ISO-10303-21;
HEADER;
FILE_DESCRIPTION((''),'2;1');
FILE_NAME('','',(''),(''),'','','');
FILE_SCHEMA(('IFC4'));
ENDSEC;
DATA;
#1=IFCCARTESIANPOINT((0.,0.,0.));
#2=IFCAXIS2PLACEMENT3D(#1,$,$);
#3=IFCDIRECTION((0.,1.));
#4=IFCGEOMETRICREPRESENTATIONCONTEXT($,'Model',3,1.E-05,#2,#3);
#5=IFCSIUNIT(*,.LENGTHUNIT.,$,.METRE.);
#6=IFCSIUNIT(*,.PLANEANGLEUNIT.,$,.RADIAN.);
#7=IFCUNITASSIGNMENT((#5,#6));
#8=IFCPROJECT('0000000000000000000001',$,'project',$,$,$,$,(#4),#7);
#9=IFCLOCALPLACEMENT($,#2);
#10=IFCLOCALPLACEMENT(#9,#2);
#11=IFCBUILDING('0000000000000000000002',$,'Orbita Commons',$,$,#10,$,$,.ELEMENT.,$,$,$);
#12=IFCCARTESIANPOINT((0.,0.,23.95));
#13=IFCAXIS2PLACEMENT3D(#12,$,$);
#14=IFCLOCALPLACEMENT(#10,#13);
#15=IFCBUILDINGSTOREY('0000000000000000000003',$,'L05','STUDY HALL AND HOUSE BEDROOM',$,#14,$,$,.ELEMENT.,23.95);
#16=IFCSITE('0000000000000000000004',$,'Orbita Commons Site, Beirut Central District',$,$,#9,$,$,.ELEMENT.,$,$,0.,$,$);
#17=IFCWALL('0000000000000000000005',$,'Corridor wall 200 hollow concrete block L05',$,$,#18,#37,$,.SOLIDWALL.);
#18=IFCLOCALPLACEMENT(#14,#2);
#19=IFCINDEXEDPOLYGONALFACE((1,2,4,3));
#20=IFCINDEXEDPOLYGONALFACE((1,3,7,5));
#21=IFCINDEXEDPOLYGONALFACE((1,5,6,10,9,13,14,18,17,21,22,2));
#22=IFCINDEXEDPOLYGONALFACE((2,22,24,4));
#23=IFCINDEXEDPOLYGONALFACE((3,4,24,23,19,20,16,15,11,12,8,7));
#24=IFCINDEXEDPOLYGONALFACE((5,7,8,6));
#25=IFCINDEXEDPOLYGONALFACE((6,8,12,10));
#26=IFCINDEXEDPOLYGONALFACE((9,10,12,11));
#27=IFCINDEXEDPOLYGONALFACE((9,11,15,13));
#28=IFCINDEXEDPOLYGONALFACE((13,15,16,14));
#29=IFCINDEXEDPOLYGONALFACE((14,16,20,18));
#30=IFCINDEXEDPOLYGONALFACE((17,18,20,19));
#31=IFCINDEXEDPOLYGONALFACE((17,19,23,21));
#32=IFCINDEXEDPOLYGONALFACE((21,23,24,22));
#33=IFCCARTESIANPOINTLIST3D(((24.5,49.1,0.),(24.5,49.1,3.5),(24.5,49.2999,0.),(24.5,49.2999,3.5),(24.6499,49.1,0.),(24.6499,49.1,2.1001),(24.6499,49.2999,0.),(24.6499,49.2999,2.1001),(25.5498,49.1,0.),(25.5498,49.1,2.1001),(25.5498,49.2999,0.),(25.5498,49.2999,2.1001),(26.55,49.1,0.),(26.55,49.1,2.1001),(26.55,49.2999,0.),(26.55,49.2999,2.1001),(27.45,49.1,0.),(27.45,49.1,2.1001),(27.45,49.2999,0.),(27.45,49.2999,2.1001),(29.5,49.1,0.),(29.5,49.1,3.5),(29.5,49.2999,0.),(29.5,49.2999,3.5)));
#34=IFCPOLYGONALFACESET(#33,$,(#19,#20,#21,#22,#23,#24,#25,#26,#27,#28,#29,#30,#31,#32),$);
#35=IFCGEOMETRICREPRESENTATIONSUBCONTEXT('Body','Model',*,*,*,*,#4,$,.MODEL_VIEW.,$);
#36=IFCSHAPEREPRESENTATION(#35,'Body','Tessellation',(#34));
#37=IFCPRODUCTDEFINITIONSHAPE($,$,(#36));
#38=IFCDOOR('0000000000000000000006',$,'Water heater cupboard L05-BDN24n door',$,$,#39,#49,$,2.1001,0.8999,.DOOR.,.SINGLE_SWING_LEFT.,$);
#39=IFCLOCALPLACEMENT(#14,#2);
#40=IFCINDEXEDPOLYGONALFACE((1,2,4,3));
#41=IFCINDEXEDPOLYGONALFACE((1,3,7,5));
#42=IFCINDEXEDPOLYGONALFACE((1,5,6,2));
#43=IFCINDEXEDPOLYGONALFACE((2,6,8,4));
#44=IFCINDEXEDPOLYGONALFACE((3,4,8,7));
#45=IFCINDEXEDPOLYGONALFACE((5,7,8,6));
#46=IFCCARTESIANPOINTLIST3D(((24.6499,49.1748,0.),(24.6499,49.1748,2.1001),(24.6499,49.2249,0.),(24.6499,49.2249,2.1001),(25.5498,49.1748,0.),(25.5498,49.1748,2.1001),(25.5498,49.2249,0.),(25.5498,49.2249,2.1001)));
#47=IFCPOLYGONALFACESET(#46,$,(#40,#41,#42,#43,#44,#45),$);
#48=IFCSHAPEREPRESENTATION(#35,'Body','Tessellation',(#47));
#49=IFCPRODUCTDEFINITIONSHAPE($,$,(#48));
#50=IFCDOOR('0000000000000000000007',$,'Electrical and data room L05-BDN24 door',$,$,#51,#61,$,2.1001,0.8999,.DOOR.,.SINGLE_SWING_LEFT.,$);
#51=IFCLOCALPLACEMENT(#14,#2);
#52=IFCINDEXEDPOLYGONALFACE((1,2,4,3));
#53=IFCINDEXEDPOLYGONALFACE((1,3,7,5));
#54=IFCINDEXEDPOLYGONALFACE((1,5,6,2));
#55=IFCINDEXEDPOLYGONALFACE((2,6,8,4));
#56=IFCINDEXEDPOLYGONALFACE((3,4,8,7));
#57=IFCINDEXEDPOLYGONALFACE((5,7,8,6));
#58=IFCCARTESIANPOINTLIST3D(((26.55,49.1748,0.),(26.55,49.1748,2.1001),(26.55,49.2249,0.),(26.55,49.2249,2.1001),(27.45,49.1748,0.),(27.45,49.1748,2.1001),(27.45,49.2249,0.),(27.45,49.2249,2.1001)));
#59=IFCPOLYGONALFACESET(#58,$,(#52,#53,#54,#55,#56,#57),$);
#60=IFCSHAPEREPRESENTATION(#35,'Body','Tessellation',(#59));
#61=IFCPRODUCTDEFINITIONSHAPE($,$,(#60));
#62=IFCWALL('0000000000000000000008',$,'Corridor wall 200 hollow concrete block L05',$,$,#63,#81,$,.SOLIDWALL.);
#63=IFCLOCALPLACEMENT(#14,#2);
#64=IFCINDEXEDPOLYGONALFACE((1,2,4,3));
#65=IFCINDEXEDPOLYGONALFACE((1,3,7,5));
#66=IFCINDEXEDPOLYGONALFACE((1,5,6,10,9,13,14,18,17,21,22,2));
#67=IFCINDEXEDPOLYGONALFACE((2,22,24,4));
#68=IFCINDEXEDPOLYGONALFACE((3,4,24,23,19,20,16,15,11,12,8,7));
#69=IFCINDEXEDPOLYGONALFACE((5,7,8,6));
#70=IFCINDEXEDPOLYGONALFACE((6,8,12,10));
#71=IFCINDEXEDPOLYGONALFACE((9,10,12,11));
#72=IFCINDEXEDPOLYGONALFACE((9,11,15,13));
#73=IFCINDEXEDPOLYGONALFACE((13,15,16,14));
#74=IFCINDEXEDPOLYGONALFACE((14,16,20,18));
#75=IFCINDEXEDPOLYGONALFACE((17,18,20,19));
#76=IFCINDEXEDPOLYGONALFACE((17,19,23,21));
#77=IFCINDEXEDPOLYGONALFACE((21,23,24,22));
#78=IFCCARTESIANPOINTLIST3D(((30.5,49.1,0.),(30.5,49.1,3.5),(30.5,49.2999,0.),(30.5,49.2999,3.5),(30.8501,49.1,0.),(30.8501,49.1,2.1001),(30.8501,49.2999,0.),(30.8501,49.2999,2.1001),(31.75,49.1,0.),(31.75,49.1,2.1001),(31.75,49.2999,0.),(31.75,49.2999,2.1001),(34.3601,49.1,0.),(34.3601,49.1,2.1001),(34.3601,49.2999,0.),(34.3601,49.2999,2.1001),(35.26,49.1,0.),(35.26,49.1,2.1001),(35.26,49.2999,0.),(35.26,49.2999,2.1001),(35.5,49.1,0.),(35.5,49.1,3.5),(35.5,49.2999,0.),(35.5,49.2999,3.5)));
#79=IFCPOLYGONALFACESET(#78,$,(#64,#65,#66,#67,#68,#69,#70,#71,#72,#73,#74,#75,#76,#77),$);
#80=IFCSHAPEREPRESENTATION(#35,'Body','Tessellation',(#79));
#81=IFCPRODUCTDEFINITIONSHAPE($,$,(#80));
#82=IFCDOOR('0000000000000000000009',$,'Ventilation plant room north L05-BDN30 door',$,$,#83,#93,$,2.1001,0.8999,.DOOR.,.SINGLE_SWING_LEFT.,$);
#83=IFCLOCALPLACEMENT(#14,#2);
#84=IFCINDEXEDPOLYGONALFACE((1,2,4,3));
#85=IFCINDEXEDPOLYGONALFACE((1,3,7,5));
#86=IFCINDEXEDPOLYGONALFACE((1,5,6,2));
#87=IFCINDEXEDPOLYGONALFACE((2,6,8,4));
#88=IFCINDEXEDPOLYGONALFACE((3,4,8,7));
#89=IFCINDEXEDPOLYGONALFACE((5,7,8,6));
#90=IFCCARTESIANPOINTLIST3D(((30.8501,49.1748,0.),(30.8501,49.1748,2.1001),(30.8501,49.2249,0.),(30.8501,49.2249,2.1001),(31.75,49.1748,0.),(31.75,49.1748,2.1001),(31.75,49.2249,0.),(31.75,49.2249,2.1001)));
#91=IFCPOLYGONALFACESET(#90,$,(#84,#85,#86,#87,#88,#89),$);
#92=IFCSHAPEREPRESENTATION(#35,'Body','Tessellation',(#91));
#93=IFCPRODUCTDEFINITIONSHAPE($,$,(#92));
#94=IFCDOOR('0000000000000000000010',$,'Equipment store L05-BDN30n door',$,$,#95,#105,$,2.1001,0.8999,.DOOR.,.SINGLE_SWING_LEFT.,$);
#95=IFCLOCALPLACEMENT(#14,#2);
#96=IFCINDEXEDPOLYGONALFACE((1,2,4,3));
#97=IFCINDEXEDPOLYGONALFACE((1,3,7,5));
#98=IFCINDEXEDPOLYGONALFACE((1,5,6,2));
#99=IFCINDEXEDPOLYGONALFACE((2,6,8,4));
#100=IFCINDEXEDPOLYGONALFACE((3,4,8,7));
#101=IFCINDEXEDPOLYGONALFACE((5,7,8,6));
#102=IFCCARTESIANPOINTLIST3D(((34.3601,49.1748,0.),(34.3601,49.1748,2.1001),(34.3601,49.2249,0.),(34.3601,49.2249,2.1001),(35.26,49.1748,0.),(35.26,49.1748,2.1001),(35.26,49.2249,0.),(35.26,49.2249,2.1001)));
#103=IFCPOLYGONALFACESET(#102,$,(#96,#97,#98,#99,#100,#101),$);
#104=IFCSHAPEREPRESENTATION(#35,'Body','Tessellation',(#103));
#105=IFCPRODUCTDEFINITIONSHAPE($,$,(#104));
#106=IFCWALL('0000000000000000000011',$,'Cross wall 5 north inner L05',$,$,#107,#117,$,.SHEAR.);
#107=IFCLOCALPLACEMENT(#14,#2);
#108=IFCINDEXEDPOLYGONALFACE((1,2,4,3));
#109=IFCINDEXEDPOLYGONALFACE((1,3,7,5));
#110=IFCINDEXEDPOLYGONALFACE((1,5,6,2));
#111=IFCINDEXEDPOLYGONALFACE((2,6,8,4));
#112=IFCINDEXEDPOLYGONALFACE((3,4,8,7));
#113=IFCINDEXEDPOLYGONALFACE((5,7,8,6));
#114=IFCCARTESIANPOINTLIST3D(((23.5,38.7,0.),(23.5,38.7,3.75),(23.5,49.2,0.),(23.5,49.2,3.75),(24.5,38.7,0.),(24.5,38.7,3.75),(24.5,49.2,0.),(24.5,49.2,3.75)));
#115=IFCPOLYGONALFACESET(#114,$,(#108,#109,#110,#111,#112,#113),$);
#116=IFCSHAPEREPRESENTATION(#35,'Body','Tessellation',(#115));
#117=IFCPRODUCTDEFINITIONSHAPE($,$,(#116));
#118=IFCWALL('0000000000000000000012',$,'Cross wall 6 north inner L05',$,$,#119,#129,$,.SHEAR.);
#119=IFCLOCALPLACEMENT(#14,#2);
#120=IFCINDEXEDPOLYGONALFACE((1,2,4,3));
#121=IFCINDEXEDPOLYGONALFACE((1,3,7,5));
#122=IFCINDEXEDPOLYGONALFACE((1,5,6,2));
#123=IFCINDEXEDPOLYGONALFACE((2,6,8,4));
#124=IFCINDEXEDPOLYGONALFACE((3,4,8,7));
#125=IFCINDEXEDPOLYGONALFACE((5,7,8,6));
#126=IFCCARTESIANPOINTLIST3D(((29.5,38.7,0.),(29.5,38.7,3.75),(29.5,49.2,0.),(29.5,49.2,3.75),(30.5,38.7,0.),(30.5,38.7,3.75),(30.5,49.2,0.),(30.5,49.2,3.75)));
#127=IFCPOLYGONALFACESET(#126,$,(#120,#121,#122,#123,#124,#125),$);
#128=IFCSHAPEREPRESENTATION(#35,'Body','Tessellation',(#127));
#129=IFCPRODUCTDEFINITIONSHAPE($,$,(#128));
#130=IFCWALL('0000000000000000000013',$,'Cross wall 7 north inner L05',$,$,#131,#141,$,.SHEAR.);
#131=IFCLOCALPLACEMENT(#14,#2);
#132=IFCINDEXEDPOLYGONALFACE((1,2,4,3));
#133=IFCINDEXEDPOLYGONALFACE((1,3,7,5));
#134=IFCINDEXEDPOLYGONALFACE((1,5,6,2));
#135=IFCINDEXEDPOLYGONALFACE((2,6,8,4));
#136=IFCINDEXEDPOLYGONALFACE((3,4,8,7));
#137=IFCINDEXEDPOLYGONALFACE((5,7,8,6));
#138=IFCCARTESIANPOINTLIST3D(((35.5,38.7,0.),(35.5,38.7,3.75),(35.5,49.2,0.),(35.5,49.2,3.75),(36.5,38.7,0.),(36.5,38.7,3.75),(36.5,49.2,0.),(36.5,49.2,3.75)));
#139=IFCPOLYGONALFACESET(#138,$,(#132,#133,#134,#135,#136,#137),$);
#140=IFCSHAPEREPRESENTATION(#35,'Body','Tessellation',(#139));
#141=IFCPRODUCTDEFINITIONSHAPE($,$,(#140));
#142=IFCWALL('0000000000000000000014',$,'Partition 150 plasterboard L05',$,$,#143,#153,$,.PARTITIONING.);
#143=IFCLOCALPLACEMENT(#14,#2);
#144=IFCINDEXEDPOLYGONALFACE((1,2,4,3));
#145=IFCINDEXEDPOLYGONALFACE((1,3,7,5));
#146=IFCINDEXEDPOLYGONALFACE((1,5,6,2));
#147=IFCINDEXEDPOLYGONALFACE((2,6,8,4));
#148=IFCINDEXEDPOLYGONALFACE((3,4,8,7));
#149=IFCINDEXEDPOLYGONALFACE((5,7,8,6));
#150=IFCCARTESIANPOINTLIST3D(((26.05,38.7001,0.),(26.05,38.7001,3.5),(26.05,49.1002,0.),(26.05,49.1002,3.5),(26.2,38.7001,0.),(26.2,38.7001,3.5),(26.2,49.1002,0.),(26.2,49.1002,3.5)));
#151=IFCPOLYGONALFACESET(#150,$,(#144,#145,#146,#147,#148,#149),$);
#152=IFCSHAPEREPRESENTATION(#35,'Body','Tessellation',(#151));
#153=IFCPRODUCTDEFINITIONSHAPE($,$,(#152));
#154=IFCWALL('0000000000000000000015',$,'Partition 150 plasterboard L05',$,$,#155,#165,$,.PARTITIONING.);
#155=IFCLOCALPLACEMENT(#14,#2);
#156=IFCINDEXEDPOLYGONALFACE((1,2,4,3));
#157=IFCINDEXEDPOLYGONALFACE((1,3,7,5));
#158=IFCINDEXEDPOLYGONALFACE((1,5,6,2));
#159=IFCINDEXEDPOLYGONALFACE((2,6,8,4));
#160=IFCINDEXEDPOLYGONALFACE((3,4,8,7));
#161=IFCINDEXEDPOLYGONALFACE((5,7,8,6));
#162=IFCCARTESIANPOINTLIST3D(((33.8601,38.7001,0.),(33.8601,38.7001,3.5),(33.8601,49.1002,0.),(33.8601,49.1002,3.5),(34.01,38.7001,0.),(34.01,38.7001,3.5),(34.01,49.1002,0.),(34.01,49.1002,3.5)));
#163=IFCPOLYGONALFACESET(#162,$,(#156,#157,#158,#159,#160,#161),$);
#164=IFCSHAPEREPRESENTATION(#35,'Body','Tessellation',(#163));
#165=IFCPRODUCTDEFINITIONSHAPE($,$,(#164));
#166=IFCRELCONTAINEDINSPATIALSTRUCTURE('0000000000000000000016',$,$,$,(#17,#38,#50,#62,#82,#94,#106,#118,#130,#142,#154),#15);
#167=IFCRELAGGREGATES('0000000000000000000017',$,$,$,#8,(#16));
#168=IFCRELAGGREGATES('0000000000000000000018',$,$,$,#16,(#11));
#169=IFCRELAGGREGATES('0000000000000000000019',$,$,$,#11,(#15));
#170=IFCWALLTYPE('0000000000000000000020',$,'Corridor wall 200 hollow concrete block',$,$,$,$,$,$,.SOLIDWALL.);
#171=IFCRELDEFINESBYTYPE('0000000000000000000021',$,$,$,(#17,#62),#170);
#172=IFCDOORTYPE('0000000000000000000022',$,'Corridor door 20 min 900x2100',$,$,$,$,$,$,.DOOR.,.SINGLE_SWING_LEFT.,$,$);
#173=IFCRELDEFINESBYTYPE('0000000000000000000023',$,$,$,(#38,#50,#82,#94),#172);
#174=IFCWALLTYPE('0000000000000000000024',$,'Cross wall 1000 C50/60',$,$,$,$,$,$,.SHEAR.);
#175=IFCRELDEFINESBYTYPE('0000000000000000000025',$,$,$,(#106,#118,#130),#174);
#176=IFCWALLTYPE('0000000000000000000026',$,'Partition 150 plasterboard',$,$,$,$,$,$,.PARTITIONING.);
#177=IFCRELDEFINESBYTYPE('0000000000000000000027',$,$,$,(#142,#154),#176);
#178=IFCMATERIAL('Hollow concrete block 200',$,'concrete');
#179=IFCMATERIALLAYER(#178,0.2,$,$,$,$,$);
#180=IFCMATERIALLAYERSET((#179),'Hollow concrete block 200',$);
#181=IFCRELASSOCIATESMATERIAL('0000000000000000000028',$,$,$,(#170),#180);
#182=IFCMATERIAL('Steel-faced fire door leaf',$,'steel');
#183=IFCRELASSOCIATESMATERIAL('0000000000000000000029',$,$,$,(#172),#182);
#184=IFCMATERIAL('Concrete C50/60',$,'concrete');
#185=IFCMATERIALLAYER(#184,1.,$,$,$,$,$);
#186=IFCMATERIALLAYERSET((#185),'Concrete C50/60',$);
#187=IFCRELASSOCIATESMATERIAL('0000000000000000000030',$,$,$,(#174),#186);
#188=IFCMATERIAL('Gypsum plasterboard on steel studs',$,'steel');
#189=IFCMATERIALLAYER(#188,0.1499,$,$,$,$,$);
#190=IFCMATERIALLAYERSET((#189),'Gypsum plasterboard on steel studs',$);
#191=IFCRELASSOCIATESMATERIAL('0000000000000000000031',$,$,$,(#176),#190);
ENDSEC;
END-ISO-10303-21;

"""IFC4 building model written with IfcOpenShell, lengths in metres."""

from ifc_helpers import new_model, si_unit, direction, frame, frame_2d, origin, place, context, subcontext, project, spatial, rectangle, extrude, material, layer, layer_set, type_object, element, fill, save


model = new_model("IFC4")

# Units and contexts
model_context = context("Model", 3, precision=1e-05, world=origin(), true_north=direction((0.0, 1.0)))
body_context = subcontext(model_context, "Body", "Model", "MODEL_VIEW")
ifc_project = project(units=[si_unit("LENGTHUNIT", "METRE"), si_unit("PLANEANGLEUNIT", "RADIAN")], contexts=[model_context])

# Site, building, storey
site_placement = place(None, origin())
site = spatial("IfcSite", under=ifc_project, at=site_placement, Name="Orbita Commons Site, Beirut Central District", CompositionType="ELEMENT", RefElevation=0.0)
building_placement = place(site_placement, origin())
building = spatial("IfcBuilding", under=site, at=building_placement, Name="Orbita Commons", CompositionType="ELEMENT")
storey_placement = place(building_placement, frame((0.0, 0.0, 23.95)))
storey = spatial("IfcBuildingStorey", under=building, at=storey_placement, Name="L05", Description="STUDY HALL AND HOUSE BEDROOM", CompositionType="ELEMENT", Elevation=23.95)

# Walls, openings, doors
ifc_material_1 = material(Name="Hollow concrete block 200", Category="concrete")
ifc_layer_1 = layer(ifc_material_1, 0.2)
ifc_layer_set_1 = layer_set([ifc_layer_1], Name="Hollow concrete block 200")
wall_type_1 = type_object("IfcWallType", Name="Corridor wall 200 hollow concrete block", PredefinedType="SOLIDWALL", material=ifc_layer_set_1)
wall_1_placement = place(storey_placement, frame((24.5, 49.2, 0.0), z_axis=(0.0, 0.0, 1.0), x_axis=(1.0, 0.0, 0.0)))
wall_1 = element("IfcWall", 1, at=wall_1_placement, inside=storey, type_object=wall_type_1, Name="Corridor wall 200 hollow concrete block L05", PredefinedType="SOLIDWALL", context=body_context, shape_type="SweptSolid", body=[
    extrude(rectangle(XDim=5.0, YDim=0.2, at=frame_2d((2.5, 0.0))), origin(), (0.0, 0.0, 1.0), 3.5),
])
opening_1_placement = place(wall_1_placement, frame((0.1499, 0.0, 0.0)))
opening_1 = element("IfcOpeningElement", 2, at=opening_1_placement, cuts=wall_1, PredefinedType="OPENING", context=body_context, shape_type="SweptSolid", body=[
    extrude(rectangle(XDim=0.8999, YDim=2.1001, at=frame_2d((0.45, 1.05))), frame((0.0, 0.1099, 0.0), z_axis=(0.0, -1.0, 0.0), x_axis=(1.0, 0.0, 0.0)), (0.0, 0.0, 1.0), 0.22),
])
opening_2_placement = place(wall_1_placement, frame((2.05, 0.0, 0.0)))
opening_2 = element("IfcOpeningElement", 3, at=opening_2_placement, cuts=wall_1, PredefinedType="OPENING", context=body_context, shape_type="SweptSolid", body=[
    extrude(rectangle(XDim=0.8999, YDim=2.1001, at=frame_2d((0.45, 1.05))), frame((0.0, 0.1099, 0.0), z_axis=(0.0, -1.0, 0.0), x_axis=(1.0, 0.0, 0.0)), (0.0, 0.0, 1.0), 0.22),
])
ifc_material_2 = material(Name="Steel-faced fire door leaf", Category="steel")
door_type_1 = type_object("IfcDoorType", Name="Corridor door 20 min 900x2100", OperationType="SINGLE_SWING_LEFT", PredefinedType="DOOR", material=ifc_material_2)
door_1_placement = place(opening_1_placement, origin())
door_1 = element("IfcDoor", 4, at=door_1_placement, inside=storey, type_object=door_type_1, Name="Water heater cupboard L05-BDN24n door", OperationType="SINGLE_SWING_LEFT", OverallHeight=2.1001, OverallWidth=0.8999, PredefinedType="DOOR", context=body_context, shape_type="SweptSolid", body=[
    extrude(rectangle(XDim=0.8999, YDim=2.1001, at=frame_2d((0.45, 1.05))), frame((0.0, 0.0249, 0.0), z_axis=(0.0, -1.0, 0.0), x_axis=(1.0, 0.0, 0.0)), (0.0, 0.0, 1.0), 0.05),
])
fill(opening_1, door_1)
door_2_placement = place(opening_2_placement, origin())
door_2 = element("IfcDoor", 5, at=door_2_placement, inside=storey, type_object=door_type_1, Name="Electrical and data room L05-BDN24 door", OperationType="SINGLE_SWING_LEFT", OverallHeight=2.1001, OverallWidth=0.8999, PredefinedType="DOOR", context=body_context, shape_type="SweptSolid", body=[
    extrude(rectangle(XDim=0.8999, YDim=2.1001, at=frame_2d((0.45, 1.05))), frame((0.0, 0.0249, 0.0), z_axis=(0.0, -1.0, 0.0), x_axis=(1.0, 0.0, 0.0)), (0.0, 0.0, 1.0), 0.05),
])
fill(opening_2, door_2)
wall_2_placement = place(storey_placement, frame((30.5, 49.2, 0.0), z_axis=(0.0, 0.0, 1.0), x_axis=(1.0, 0.0, 0.0)))
wall_2 = element("IfcWall", 6, at=wall_2_placement, inside=storey, type_object=wall_type_1, Name="Corridor wall 200 hollow concrete block L05", PredefinedType="SOLIDWALL", context=body_context, shape_type="SweptSolid", body=[
    extrude(rectangle(XDim=5.0, YDim=0.2, at=frame_2d((2.5, 0.0))), origin(), (0.0, 0.0, 1.0), 3.5),
])
opening_3_placement = place(wall_2_placement, frame((0.3501, 0.0, 0.0)))
opening_3 = element("IfcOpeningElement", 7, at=opening_3_placement, cuts=wall_2, PredefinedType="OPENING", context=body_context, shape_type="SweptSolid", body=[
    extrude(rectangle(XDim=0.8999, YDim=2.1001, at=frame_2d((0.45, 1.05))), frame((0.0, 0.1099, 0.0), z_axis=(0.0, -1.0, 0.0), x_axis=(1.0, 0.0, 0.0)), (0.0, 0.0, 1.0), 0.22),
])
opening_4_placement = place(wall_2_placement, frame((3.8601, 0.0, 0.0)))
opening_4 = element("IfcOpeningElement", 8, at=opening_4_placement, cuts=wall_2, PredefinedType="OPENING", context=body_context, shape_type="SweptSolid", body=[
    extrude(rectangle(XDim=0.8999, YDim=2.1001, at=frame_2d((0.45, 1.05))), frame((0.0, 0.1099, 0.0), z_axis=(0.0, -1.0, 0.0), x_axis=(1.0, 0.0, 0.0)), (0.0, 0.0, 1.0), 0.22),
])
door_3_placement = place(opening_3_placement, origin())
door_3 = element("IfcDoor", 9, at=door_3_placement, inside=storey, type_object=door_type_1, Name="Ventilation plant room north L05-BDN30 door", OperationType="SINGLE_SWING_LEFT", OverallHeight=2.1001, OverallWidth=0.8999, PredefinedType="DOOR", context=body_context, shape_type="SweptSolid", body=[
    extrude(rectangle(XDim=0.8999, YDim=2.1001, at=frame_2d((0.45, 1.05))), frame((0.0, 0.0249, 0.0), z_axis=(0.0, -1.0, 0.0), x_axis=(1.0, 0.0, 0.0)), (0.0, 0.0, 1.0), 0.05),
])
fill(opening_3, door_3)
door_4_placement = place(opening_4_placement, origin())
door_4 = element("IfcDoor", 10, at=door_4_placement, inside=storey, type_object=door_type_1, Name="Equipment store L05-BDN30n door", OperationType="SINGLE_SWING_LEFT", OverallHeight=2.1001, OverallWidth=0.8999, PredefinedType="DOOR", context=body_context, shape_type="SweptSolid", body=[
    extrude(rectangle(XDim=0.8999, YDim=2.1001, at=frame_2d((0.45, 1.05))), frame((0.0, 0.0249, 0.0), z_axis=(0.0, -1.0, 0.0), x_axis=(1.0, 0.0, 0.0)), (0.0, 0.0, 1.0), 0.05),
])
fill(opening_4, door_4)

# Walls
ifc_material_3 = material(Name="Concrete C50/60", Category="concrete")
ifc_layer_2 = layer(ifc_material_3, 1.0)
ifc_layer_set_2 = layer_set([ifc_layer_2], Name="Concrete C50/60")
wall_type_2 = type_object("IfcWallType", Name="Cross wall 1000 C50/60", PredefinedType="SHEAR", material=ifc_layer_set_2)
for number, where, z_axis, x_axis, name in (
    (11, (24.0, 38.7, 0.0), (0.0, 0.0, 1.0), (0.0, 1.0, 0.0), "Cross wall 5 north inner L05"),
    (12, (30.0, 38.7, 0.0), (0.0, 0.0, 1.0), (0.0, 1.0, 0.0), "Cross wall 6 north inner L05"),
    (13, (36.0, 38.7, 0.0), (0.0, 0.0, 1.0), (0.0, 1.0, 0.0), "Cross wall 7 north inner L05"),
):
    element("IfcWall", number, at=place(storey_placement, frame(where, z_axis=z_axis, x_axis=x_axis)), inside=storey, type_object=wall_type_2, Name=name, PredefinedType="SHEAR", context=body_context, shape_type="SweptSolid", body=[
        extrude(rectangle(XDim=10.5, YDim=1.0, at=frame_2d((5.25, 0.0))), origin(), (0.0, 0.0, 1.0), 3.75),
    ])
ifc_material_4 = material(Name="Gypsum plasterboard on steel studs", Category="steel")
ifc_layer_3 = layer(ifc_material_4, 0.1499)
ifc_layer_set_3 = layer_set([ifc_layer_3], Name="Gypsum plasterboard on steel studs")
wall_type_3 = type_object("IfcWallType", Name="Partition 150 plasterboard", PredefinedType="PARTITIONING", material=ifc_layer_set_3)
for number, where, z_axis, x_axis, name in (
    (14, (26.125, 38.7, 0.0), (0.0, 0.0, 1.0), (0.0, 1.0, 0.0), "Partition 150 plasterboard L05"),
    (15, (33.9351, 38.7, 0.0), (0.0, 0.0, 1.0), (0.0, 1.0, 0.0), "Partition 150 plasterboard L05"),
):
    element("IfcWall", number, at=place(storey_placement, frame(where, z_axis=z_axis, x_axis=x_axis)), inside=storey, type_object=wall_type_3, Name=name, PredefinedType="PARTITIONING", context=body_context, shape_type="SweptSolid", body=[
        extrude(rectangle(XDim=10.4001, YDim=0.1499, at=frame_2d((5.2002, 0.0))), origin(), (0.0, 0.0, 1.0), 3.5),
    ])

save(model, "model.ifc")
